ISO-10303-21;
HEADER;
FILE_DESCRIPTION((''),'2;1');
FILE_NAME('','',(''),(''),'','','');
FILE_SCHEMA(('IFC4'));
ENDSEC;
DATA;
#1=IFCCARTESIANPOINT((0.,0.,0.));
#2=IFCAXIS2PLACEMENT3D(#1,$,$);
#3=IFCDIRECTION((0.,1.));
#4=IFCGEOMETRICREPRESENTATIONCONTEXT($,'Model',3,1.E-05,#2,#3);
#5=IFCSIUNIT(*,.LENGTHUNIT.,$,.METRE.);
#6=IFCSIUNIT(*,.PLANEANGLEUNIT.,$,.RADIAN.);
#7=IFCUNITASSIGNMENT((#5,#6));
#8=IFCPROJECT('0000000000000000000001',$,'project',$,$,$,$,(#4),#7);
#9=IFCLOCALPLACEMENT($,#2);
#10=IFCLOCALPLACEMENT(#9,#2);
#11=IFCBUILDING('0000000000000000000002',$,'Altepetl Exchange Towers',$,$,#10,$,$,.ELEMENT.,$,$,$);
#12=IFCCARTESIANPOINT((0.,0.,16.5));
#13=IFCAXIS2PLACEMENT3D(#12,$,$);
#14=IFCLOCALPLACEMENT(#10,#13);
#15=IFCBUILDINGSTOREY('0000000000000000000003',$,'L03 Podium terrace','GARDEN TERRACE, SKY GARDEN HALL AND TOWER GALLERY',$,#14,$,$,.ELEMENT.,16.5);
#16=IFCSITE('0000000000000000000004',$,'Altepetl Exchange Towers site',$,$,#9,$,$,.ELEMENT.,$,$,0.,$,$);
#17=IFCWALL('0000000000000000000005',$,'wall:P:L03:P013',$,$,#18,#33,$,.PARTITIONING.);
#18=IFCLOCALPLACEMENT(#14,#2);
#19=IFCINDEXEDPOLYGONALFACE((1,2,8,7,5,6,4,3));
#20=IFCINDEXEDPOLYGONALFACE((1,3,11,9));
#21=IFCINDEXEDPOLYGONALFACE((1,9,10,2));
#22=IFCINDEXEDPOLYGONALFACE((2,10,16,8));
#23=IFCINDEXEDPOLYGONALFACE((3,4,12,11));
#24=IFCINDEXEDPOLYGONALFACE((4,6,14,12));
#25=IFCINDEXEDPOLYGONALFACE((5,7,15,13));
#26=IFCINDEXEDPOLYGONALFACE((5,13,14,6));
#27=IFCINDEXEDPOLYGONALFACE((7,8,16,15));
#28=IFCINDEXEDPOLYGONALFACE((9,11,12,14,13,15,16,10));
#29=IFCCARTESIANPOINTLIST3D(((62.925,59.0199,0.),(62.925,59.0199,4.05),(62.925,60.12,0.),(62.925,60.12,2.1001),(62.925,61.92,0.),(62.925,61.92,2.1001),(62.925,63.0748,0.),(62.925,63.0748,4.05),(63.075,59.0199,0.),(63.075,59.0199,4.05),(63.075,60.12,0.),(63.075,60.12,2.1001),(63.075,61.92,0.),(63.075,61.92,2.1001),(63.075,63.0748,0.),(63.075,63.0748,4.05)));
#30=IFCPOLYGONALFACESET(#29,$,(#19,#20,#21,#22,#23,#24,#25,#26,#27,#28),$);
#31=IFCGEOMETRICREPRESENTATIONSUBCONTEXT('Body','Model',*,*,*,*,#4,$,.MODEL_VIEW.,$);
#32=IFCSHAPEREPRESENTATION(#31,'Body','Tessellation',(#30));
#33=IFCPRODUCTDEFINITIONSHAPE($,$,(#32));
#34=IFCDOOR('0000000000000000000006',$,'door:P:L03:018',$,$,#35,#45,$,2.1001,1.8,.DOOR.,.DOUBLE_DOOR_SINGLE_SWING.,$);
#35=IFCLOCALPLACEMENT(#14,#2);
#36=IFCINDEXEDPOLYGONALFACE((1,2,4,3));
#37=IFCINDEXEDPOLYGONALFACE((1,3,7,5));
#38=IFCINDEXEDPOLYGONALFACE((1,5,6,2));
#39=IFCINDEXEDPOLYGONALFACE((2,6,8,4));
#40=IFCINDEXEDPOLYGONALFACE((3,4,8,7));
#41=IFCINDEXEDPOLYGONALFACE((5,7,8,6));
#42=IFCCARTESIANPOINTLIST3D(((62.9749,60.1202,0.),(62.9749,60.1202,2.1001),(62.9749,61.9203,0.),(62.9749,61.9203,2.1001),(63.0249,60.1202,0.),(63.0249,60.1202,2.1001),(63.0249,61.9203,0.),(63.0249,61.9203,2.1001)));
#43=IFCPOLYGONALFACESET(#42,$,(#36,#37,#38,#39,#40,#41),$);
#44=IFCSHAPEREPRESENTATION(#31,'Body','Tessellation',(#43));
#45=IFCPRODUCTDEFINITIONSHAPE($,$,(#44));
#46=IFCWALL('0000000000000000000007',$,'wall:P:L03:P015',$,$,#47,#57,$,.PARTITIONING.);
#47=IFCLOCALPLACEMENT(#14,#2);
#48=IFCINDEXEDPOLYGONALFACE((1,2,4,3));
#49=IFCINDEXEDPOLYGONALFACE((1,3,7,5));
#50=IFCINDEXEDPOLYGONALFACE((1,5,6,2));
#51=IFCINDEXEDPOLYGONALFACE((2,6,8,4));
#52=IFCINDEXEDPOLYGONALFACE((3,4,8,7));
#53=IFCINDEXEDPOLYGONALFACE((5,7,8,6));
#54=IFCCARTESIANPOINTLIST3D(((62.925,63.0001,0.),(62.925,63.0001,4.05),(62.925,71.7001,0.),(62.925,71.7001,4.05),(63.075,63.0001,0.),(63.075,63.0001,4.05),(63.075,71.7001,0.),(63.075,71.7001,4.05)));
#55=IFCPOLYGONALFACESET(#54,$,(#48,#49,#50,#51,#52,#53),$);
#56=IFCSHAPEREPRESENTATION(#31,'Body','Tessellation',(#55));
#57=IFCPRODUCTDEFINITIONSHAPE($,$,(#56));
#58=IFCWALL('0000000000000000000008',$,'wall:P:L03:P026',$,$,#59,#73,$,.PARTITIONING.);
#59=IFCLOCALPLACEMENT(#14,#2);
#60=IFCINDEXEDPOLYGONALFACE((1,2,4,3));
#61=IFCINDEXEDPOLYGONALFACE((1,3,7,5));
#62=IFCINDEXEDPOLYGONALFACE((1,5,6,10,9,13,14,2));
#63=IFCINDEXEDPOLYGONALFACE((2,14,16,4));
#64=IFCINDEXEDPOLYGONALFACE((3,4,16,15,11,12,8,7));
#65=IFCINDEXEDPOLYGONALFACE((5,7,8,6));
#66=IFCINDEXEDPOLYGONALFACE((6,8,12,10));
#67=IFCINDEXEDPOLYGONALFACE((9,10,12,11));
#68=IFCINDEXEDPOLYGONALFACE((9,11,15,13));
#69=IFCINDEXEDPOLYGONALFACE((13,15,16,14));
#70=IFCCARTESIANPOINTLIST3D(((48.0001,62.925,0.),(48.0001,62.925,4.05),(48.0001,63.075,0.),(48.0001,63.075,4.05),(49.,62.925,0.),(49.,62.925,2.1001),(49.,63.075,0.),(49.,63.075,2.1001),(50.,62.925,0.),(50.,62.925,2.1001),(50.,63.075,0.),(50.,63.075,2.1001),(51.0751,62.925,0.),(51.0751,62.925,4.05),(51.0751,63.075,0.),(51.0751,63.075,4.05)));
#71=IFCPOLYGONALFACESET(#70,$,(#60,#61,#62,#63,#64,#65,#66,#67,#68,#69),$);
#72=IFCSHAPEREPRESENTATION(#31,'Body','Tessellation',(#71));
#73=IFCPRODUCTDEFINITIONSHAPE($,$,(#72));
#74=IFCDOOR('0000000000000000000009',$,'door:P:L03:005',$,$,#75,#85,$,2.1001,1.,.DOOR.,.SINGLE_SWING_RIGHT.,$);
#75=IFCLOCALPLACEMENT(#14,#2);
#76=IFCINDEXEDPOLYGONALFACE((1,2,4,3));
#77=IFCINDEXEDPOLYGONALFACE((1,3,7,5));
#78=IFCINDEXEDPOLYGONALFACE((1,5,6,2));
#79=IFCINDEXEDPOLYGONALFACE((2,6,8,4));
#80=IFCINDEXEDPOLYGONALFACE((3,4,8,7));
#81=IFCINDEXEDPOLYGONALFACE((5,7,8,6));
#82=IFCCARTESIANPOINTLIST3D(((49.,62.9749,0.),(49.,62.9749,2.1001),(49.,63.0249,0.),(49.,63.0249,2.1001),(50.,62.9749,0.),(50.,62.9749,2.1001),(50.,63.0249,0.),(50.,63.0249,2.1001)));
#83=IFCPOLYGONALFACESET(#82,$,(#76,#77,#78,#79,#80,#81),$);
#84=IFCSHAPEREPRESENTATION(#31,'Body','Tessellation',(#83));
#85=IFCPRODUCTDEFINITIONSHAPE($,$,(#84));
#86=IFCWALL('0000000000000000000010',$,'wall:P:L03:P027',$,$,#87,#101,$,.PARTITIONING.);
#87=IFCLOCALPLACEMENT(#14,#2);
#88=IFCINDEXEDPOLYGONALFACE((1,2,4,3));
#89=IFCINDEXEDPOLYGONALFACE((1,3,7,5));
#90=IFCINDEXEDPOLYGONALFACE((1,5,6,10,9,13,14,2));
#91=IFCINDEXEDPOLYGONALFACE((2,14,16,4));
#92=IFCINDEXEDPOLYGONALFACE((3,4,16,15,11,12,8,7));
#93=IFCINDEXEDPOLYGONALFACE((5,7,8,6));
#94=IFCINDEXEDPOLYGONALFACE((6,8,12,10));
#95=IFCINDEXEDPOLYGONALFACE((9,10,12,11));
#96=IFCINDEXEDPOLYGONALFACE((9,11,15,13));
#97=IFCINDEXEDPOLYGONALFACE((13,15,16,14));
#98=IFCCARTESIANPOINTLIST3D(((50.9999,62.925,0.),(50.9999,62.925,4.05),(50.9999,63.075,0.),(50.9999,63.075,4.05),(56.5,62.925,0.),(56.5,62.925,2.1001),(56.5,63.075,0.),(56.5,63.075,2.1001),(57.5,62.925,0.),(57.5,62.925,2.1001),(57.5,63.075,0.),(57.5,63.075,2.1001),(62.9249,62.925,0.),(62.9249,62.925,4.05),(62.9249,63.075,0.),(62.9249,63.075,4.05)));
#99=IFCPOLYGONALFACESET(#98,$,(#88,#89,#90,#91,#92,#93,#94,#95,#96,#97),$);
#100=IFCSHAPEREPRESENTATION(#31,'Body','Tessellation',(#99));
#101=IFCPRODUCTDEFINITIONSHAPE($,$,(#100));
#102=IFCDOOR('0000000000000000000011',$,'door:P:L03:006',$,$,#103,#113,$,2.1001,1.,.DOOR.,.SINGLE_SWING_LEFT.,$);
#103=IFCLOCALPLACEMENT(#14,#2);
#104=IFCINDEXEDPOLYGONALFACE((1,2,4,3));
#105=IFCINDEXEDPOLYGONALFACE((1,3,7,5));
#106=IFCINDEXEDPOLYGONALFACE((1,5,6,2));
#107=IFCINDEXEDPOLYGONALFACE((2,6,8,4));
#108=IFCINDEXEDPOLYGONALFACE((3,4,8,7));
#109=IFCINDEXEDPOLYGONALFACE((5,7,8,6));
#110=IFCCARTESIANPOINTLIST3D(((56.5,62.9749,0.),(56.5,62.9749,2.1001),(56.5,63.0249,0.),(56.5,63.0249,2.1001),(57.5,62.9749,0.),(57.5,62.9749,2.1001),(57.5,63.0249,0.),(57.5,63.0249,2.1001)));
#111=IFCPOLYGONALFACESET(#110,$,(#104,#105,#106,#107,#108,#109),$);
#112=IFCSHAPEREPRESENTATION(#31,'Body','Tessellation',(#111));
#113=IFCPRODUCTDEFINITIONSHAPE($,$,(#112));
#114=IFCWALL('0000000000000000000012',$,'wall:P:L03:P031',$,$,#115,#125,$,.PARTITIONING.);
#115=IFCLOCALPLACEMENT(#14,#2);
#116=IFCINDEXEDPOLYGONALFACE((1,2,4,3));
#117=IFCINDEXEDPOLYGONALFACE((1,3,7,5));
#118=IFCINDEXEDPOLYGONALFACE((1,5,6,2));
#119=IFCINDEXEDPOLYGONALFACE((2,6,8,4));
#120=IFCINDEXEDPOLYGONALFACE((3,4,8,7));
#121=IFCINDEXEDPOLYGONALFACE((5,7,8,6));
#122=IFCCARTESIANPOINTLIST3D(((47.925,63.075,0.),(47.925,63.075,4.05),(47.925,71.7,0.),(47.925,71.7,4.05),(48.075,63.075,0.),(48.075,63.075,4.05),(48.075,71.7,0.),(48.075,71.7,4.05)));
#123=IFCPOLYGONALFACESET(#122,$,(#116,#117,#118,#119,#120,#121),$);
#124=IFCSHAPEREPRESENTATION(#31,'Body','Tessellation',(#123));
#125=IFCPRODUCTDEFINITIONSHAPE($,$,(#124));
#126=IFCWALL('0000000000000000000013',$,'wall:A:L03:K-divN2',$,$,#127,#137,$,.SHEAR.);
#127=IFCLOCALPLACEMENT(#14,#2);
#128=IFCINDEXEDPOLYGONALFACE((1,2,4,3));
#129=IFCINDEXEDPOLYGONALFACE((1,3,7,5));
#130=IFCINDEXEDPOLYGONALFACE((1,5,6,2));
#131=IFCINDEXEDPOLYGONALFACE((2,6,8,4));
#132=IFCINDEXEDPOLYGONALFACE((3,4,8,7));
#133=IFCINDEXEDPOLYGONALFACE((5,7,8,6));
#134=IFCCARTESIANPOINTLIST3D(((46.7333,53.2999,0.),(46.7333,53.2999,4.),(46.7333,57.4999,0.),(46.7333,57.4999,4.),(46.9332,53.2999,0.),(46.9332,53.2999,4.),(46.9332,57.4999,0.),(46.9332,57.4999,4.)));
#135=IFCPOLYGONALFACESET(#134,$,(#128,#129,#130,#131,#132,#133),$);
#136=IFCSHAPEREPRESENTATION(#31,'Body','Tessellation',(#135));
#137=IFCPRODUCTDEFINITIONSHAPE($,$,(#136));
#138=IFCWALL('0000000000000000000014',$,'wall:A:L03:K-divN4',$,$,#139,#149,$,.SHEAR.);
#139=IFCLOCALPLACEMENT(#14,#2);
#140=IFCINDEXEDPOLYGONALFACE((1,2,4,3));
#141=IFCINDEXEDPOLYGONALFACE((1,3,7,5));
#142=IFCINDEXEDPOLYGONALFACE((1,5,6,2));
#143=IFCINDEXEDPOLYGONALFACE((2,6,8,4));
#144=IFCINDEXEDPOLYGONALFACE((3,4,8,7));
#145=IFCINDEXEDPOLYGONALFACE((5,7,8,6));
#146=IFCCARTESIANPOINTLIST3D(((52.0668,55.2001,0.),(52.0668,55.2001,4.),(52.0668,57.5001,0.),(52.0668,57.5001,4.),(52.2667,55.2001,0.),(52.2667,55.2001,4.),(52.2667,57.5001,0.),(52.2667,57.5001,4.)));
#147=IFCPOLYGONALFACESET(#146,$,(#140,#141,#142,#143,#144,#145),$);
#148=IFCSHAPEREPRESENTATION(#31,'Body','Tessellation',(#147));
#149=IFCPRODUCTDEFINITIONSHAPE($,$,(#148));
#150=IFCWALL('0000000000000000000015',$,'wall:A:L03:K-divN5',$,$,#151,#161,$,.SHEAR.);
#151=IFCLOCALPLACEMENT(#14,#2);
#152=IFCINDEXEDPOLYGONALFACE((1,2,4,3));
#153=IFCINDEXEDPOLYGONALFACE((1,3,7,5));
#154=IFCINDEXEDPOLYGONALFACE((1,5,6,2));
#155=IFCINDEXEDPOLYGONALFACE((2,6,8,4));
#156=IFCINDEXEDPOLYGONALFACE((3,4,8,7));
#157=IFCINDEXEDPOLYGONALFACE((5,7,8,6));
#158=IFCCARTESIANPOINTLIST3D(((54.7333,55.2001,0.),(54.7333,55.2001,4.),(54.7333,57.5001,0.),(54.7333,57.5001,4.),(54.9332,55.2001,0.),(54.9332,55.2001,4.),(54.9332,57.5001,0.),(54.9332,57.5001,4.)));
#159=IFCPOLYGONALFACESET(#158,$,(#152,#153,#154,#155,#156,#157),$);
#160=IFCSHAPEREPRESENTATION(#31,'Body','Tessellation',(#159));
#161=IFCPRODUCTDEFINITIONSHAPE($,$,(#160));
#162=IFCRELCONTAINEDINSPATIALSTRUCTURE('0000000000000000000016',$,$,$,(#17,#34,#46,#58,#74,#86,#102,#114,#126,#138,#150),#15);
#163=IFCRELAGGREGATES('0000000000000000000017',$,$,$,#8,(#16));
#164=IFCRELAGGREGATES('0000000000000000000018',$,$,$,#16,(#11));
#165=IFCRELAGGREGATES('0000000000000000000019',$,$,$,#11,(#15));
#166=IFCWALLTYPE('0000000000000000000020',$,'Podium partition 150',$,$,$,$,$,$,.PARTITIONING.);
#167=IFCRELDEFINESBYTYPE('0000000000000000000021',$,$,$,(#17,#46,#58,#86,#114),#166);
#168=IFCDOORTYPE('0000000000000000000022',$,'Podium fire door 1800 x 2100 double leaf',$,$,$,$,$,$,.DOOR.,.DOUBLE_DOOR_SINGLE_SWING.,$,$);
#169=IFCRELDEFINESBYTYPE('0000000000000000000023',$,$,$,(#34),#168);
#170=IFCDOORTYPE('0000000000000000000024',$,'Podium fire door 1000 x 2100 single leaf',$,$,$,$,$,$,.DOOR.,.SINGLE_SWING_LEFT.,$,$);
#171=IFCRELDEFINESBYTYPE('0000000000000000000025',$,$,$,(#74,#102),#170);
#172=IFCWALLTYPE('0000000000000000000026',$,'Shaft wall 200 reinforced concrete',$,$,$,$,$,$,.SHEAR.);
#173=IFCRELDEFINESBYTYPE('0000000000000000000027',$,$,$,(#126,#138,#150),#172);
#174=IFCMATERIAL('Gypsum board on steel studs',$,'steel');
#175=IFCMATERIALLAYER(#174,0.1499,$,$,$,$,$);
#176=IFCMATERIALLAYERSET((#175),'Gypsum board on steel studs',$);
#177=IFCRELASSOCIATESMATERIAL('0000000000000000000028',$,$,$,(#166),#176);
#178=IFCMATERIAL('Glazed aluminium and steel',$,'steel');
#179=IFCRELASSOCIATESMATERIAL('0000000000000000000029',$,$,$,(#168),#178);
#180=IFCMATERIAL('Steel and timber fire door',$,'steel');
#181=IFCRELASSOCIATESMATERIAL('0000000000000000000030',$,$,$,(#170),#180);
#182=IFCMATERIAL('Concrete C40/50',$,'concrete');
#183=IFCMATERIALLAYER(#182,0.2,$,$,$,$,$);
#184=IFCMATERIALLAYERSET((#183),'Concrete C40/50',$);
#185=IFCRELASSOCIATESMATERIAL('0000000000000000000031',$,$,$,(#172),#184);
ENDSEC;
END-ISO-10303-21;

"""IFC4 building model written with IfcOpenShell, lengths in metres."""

from ifc_helpers import new_model, si_unit, direction, frame, frame_2d, origin, place, context, subcontext, project, spatial, rectangle, extrude, material, layer, layer_set, type_object, element, fill, save


model = new_model("IFC4")

# Units and contexts
model_context = context("Model", 3, precision=1e-05, world=origin(), true_north=direction((0.0, 1.0)))
body_context = subcontext(model_context, "Body", "Model", "MODEL_VIEW")
ifc_project = project(units=[si_unit("LENGTHUNIT", "METRE"), si_unit("PLANEANGLEUNIT", "RADIAN")], contexts=[model_context])

# Site, building, storey
site_placement = place(None, origin())
site = spatial("IfcSite", under=ifc_project, at=site_placement, Name="Altepetl Exchange Towers site", CompositionType="ELEMENT", RefElevation=0.0)
building_placement = place(site_placement, origin())
building = spatial("IfcBuilding", under=site, at=building_placement, Name="Altepetl Exchange Towers", CompositionType="ELEMENT")
storey_placement = place(building_placement, frame((0.0, 0.0, 16.5)))
storey = spatial("IfcBuildingStorey", under=building, at=storey_placement, Name="L03 Podium terrace", Description="GARDEN TERRACE, SKY GARDEN HALL AND TOWER GALLERY", CompositionType="ELEMENT", Elevation=16.5)

# Shared definitions
ifc_material_1 = material(Name="Steel and timber fire door", Category="steel")

# Shared definitions
ifc_material_2 = material(Name="Gypsum board on steel studs", Category="steel")
ifc_layer_1 = layer(ifc_material_2, 0.1499)
ifc_layer_set_1 = layer_set([ifc_layer_1], Name="Gypsum board on steel studs")
wall_type_1 = type_object("IfcWallType", Name="Podium partition 150", PredefinedType="PARTITIONING", material=ifc_layer_set_1)

# Wall, opening, door
wall_1_placement = place(storey_placement, frame((63.0, 59.02, 0.0), z_axis=(0.0, 0.0, 1.0), x_axis=(0.0, 1.0, 0.0)))
wall_1 = element("IfcWall", 1, at=wall_1_placement, inside=storey, type_object=wall_type_1, Name="wall:P:L03:P013", PredefinedType="PARTITIONING", context=body_context, shape_type="SweptSolid", body=[
    extrude(rectangle(XDim=4.0549, YDim=0.1499, at=frame_2d((2.0273, 0.0))), origin(), (0.0, 0.0, 1.0), 4.05),
])
opening_1_placement = place(wall_1_placement, frame((1.1001, 0.0, 0.0)))
opening_1 = element("IfcOpeningElement", 2, at=opening_1_placement, cuts=wall_1, PredefinedType="OPENING", context=body_context, shape_type="SweptSolid", body=[
    extrude(rectangle(XDim=1.8, YDim=2.1001, at=frame_2d((0.8999, 1.05))), frame((0.0, 0.085, 0.0), z_axis=(0.0, -1.0, 0.0), x_axis=(1.0, 0.0, 0.0)), (0.0, 0.0, 1.0), 0.1699),
])
ifc_material_3 = material(Name="Glazed aluminium and steel", Category="steel")
door_type_1 = type_object("IfcDoorType", Name="Podium fire door 1800 x 2100 double leaf", OperationType="DOUBLE_DOOR_SINGLE_SWING", PredefinedType="DOOR", material=ifc_material_3)
door_1_placement = place(opening_1_placement, frame((1.8, 0.0, 0.0), x_axis=(-1.0, 0.0, 0.0)))
door_1 = element("IfcDoor", 3, at=door_1_placement, inside=storey, type_object=door_type_1, Name="door:P:L03:018", OperationType="DOUBLE_DOOR_SINGLE_SWING", OverallHeight=2.1001, OverallWidth=1.8, PredefinedType="DOOR", context=body_context, shape_type="SweptSolid", body=[
    extrude(rectangle(XDim=1.8, YDim=2.1001, at=frame_2d((0.8999, 1.05))), frame((0.0, 0.0249, 0.0), z_axis=(0.0, -1.0, 0.0), x_axis=(1.0, 0.0, 0.0)), (0.0, 0.0, 1.0), 0.05),
])
fill(opening_1, door_1)

# Wall
wall_2_placement = place(storey_placement, frame((63.0, 63.0, 0.0), z_axis=(0.0, 0.0, 1.0), x_axis=(0.0, 1.0, 0.0)))
element("IfcWall", 4, at=wall_2_placement, inside=storey, type_object=wall_type_1, Name="wall:P:L03:P015", PredefinedType="PARTITIONING", context=body_context, shape_type="SweptSolid", body=[
    extrude(rectangle(XDim=8.7, YDim=0.1499, at=frame_2d((4.3501, 0.0))), origin(), (0.0, 0.0, 1.0), 4.05),
])

# Walls, openings, doors
wall_3_placement = place(storey_placement, frame((48.0, 63.0, 0.0)))
wall_3 = element("IfcWall", 5, at=wall_3_placement, inside=storey, type_object=wall_type_1, Name="wall:P:L03:P026", PredefinedType="PARTITIONING", context=body_context, shape_type="SweptSolid", body=[
    extrude(rectangle(XDim=3.075, YDim=0.1499, at=frame_2d((1.5376, 0.0))), origin(), (0.0, 0.0, 1.0), 4.05),
])
opening_2_placement = place(wall_3_placement, frame((1.0, 0.0, 0.0)))
opening_2 = element("IfcOpeningElement", 6, at=opening_2_placement, cuts=wall_3, PredefinedType="OPENING", context=body_context, shape_type="SweptSolid", body=[
    extrude(rectangle(XDim=1.0, YDim=2.1001, at=frame_2d((0.5, 1.05))), frame((0.0, 0.085, 0.0), z_axis=(0.0, -1.0, 0.0), x_axis=(1.0, 0.0, 0.0)), (0.0, 0.0, 1.0), 0.1699),
])
door_type_2 = type_object("IfcDoorType", Name="Podium fire door 1000 x 2100 single leaf", OperationType="SINGLE_SWING_LEFT", PredefinedType="DOOR", material=ifc_material_1)
door_2_placement = place(opening_2_placement, origin())
door_2 = element("IfcDoor", 7, at=door_2_placement, inside=storey, type_object=door_type_2, Name="door:P:L03:005", OperationType="SINGLE_SWING_RIGHT", OverallHeight=2.1001, OverallWidth=1.0, PredefinedType="DOOR", context=body_context, shape_type="SweptSolid", body=[
    extrude(rectangle(XDim=1.0, YDim=2.1001, at=frame_2d((0.5, 1.05))), frame((0.0, 0.0249, 0.0), z_axis=(0.0, -1.0, 0.0), x_axis=(1.0, 0.0, 0.0)), (0.0, 0.0, 1.0), 0.05),
])
fill(opening_2, door_2)
wall_4_placement = place(storey_placement, frame((51.0, 63.0, 0.0)))
wall_4 = element("IfcWall", 8, at=wall_4_placement, inside=storey, type_object=wall_type_1, Name="wall:P:L03:P027", PredefinedType="PARTITIONING", context=body_context, shape_type="SweptSolid", body=[
    extrude(rectangle(XDim=11.925, YDim=0.1499, at=frame_2d((5.9624, 0.0))), origin(), (0.0, 0.0, 1.0), 4.05),
])
opening_3_placement = place(wall_4_placement, frame((5.5, 0.0, 0.0)))
opening_3 = element("IfcOpeningElement", 9, at=opening_3_placement, cuts=wall_4, PredefinedType="OPENING", context=body_context, shape_type="SweptSolid", body=[
    extrude(rectangle(XDim=1.0, YDim=2.1001, at=frame_2d((0.5, 1.05))), frame((0.0, 0.085, 0.0), z_axis=(0.0, -1.0, 0.0), x_axis=(1.0, 0.0, 0.0)), (0.0, 0.0, 1.0), 0.1699),
])
door_3_placement = place(opening_3_placement, origin())
door_3 = element("IfcDoor", 10, at=door_3_placement, inside=storey, type_object=door_type_2, Name="door:P:L03:006", OperationType="SINGLE_SWING_LEFT", OverallHeight=2.1001, OverallWidth=1.0, PredefinedType="DOOR", context=body_context, shape_type="SweptSolid", body=[
    extrude(rectangle(XDim=1.0, YDim=2.1001, at=frame_2d((0.5, 1.05))), frame((0.0, 0.0249, 0.0), z_axis=(0.0, -1.0, 0.0), x_axis=(1.0, 0.0, 0.0)), (0.0, 0.0, 1.0), 0.05),
])
fill(opening_3, door_3)

# Walls
wall_5_placement = place(storey_placement, frame((48.0, 63.075, 0.0), z_axis=(0.0, 0.0, 1.0), x_axis=(0.0, 1.0, 0.0)))
element("IfcWall", 11, at=wall_5_placement, inside=storey, type_object=wall_type_1, Name="wall:P:L03:P031", PredefinedType="PARTITIONING", context=body_context, shape_type="SweptSolid", body=[
    extrude(rectangle(XDim=8.625, YDim=0.1499, at=frame_2d((4.3125, 0.0))), origin(), (0.0, 0.0, 1.0), 4.05),
])
ifc_material_4 = material(Name="Concrete C40/50", Category="concrete")
ifc_layer_2 = layer(ifc_material_4, 0.2)
ifc_layer_set_2 = layer_set([ifc_layer_2], Name="Concrete C40/50")
wall_type_2 = type_object("IfcWallType", Name="Shaft wall 200 reinforced concrete", PredefinedType="SHEAR", material=ifc_layer_set_2)
wall_6_placement = place(storey_placement, frame((46.8333, 57.5, 0.0), z_axis=(0.0, 0.0, 1.0), x_axis=(0.0, -1.0, 0.0)))
element("IfcWall", 12, at=wall_6_placement, inside=storey, type_object=wall_type_2, Name="wall:A:L03:K-divN2", PredefinedType="SHEAR", context=body_context, shape_type="SweptSolid", body=[
    extrude(rectangle(XDim=4.2, YDim=0.2, at=frame_2d((2.1001, 0.0))), origin(), (0.0, 0.0, 1.0), 4.0),
])
for number, where, z_axis, x_axis, name in (
    (13, (52.1667, 57.5, 0.0), (0.0, 0.0, 1.0), (0.0, -1.0, 0.0), "wall:A:L03:K-divN4"),
    (14, (54.8333, 57.5, 0.0), (0.0, 0.0, 1.0), (0.0, -1.0, 0.0), "wall:A:L03:K-divN5"),
):
    element("IfcWall", number, at=place(storey_placement, frame(where, z_axis=z_axis, x_axis=x_axis)), inside=storey, type_object=wall_type_2, Name=name, PredefinedType="SHEAR", context=body_context, shape_type="SweptSolid", body=[
        extrude(rectangle(XDim=2.3, YDim=0.2, at=frame_2d((1.1499, 0.0))), origin(), (0.0, 0.0, 1.0), 4.0),
    ])

save(model, "model.ifc")
